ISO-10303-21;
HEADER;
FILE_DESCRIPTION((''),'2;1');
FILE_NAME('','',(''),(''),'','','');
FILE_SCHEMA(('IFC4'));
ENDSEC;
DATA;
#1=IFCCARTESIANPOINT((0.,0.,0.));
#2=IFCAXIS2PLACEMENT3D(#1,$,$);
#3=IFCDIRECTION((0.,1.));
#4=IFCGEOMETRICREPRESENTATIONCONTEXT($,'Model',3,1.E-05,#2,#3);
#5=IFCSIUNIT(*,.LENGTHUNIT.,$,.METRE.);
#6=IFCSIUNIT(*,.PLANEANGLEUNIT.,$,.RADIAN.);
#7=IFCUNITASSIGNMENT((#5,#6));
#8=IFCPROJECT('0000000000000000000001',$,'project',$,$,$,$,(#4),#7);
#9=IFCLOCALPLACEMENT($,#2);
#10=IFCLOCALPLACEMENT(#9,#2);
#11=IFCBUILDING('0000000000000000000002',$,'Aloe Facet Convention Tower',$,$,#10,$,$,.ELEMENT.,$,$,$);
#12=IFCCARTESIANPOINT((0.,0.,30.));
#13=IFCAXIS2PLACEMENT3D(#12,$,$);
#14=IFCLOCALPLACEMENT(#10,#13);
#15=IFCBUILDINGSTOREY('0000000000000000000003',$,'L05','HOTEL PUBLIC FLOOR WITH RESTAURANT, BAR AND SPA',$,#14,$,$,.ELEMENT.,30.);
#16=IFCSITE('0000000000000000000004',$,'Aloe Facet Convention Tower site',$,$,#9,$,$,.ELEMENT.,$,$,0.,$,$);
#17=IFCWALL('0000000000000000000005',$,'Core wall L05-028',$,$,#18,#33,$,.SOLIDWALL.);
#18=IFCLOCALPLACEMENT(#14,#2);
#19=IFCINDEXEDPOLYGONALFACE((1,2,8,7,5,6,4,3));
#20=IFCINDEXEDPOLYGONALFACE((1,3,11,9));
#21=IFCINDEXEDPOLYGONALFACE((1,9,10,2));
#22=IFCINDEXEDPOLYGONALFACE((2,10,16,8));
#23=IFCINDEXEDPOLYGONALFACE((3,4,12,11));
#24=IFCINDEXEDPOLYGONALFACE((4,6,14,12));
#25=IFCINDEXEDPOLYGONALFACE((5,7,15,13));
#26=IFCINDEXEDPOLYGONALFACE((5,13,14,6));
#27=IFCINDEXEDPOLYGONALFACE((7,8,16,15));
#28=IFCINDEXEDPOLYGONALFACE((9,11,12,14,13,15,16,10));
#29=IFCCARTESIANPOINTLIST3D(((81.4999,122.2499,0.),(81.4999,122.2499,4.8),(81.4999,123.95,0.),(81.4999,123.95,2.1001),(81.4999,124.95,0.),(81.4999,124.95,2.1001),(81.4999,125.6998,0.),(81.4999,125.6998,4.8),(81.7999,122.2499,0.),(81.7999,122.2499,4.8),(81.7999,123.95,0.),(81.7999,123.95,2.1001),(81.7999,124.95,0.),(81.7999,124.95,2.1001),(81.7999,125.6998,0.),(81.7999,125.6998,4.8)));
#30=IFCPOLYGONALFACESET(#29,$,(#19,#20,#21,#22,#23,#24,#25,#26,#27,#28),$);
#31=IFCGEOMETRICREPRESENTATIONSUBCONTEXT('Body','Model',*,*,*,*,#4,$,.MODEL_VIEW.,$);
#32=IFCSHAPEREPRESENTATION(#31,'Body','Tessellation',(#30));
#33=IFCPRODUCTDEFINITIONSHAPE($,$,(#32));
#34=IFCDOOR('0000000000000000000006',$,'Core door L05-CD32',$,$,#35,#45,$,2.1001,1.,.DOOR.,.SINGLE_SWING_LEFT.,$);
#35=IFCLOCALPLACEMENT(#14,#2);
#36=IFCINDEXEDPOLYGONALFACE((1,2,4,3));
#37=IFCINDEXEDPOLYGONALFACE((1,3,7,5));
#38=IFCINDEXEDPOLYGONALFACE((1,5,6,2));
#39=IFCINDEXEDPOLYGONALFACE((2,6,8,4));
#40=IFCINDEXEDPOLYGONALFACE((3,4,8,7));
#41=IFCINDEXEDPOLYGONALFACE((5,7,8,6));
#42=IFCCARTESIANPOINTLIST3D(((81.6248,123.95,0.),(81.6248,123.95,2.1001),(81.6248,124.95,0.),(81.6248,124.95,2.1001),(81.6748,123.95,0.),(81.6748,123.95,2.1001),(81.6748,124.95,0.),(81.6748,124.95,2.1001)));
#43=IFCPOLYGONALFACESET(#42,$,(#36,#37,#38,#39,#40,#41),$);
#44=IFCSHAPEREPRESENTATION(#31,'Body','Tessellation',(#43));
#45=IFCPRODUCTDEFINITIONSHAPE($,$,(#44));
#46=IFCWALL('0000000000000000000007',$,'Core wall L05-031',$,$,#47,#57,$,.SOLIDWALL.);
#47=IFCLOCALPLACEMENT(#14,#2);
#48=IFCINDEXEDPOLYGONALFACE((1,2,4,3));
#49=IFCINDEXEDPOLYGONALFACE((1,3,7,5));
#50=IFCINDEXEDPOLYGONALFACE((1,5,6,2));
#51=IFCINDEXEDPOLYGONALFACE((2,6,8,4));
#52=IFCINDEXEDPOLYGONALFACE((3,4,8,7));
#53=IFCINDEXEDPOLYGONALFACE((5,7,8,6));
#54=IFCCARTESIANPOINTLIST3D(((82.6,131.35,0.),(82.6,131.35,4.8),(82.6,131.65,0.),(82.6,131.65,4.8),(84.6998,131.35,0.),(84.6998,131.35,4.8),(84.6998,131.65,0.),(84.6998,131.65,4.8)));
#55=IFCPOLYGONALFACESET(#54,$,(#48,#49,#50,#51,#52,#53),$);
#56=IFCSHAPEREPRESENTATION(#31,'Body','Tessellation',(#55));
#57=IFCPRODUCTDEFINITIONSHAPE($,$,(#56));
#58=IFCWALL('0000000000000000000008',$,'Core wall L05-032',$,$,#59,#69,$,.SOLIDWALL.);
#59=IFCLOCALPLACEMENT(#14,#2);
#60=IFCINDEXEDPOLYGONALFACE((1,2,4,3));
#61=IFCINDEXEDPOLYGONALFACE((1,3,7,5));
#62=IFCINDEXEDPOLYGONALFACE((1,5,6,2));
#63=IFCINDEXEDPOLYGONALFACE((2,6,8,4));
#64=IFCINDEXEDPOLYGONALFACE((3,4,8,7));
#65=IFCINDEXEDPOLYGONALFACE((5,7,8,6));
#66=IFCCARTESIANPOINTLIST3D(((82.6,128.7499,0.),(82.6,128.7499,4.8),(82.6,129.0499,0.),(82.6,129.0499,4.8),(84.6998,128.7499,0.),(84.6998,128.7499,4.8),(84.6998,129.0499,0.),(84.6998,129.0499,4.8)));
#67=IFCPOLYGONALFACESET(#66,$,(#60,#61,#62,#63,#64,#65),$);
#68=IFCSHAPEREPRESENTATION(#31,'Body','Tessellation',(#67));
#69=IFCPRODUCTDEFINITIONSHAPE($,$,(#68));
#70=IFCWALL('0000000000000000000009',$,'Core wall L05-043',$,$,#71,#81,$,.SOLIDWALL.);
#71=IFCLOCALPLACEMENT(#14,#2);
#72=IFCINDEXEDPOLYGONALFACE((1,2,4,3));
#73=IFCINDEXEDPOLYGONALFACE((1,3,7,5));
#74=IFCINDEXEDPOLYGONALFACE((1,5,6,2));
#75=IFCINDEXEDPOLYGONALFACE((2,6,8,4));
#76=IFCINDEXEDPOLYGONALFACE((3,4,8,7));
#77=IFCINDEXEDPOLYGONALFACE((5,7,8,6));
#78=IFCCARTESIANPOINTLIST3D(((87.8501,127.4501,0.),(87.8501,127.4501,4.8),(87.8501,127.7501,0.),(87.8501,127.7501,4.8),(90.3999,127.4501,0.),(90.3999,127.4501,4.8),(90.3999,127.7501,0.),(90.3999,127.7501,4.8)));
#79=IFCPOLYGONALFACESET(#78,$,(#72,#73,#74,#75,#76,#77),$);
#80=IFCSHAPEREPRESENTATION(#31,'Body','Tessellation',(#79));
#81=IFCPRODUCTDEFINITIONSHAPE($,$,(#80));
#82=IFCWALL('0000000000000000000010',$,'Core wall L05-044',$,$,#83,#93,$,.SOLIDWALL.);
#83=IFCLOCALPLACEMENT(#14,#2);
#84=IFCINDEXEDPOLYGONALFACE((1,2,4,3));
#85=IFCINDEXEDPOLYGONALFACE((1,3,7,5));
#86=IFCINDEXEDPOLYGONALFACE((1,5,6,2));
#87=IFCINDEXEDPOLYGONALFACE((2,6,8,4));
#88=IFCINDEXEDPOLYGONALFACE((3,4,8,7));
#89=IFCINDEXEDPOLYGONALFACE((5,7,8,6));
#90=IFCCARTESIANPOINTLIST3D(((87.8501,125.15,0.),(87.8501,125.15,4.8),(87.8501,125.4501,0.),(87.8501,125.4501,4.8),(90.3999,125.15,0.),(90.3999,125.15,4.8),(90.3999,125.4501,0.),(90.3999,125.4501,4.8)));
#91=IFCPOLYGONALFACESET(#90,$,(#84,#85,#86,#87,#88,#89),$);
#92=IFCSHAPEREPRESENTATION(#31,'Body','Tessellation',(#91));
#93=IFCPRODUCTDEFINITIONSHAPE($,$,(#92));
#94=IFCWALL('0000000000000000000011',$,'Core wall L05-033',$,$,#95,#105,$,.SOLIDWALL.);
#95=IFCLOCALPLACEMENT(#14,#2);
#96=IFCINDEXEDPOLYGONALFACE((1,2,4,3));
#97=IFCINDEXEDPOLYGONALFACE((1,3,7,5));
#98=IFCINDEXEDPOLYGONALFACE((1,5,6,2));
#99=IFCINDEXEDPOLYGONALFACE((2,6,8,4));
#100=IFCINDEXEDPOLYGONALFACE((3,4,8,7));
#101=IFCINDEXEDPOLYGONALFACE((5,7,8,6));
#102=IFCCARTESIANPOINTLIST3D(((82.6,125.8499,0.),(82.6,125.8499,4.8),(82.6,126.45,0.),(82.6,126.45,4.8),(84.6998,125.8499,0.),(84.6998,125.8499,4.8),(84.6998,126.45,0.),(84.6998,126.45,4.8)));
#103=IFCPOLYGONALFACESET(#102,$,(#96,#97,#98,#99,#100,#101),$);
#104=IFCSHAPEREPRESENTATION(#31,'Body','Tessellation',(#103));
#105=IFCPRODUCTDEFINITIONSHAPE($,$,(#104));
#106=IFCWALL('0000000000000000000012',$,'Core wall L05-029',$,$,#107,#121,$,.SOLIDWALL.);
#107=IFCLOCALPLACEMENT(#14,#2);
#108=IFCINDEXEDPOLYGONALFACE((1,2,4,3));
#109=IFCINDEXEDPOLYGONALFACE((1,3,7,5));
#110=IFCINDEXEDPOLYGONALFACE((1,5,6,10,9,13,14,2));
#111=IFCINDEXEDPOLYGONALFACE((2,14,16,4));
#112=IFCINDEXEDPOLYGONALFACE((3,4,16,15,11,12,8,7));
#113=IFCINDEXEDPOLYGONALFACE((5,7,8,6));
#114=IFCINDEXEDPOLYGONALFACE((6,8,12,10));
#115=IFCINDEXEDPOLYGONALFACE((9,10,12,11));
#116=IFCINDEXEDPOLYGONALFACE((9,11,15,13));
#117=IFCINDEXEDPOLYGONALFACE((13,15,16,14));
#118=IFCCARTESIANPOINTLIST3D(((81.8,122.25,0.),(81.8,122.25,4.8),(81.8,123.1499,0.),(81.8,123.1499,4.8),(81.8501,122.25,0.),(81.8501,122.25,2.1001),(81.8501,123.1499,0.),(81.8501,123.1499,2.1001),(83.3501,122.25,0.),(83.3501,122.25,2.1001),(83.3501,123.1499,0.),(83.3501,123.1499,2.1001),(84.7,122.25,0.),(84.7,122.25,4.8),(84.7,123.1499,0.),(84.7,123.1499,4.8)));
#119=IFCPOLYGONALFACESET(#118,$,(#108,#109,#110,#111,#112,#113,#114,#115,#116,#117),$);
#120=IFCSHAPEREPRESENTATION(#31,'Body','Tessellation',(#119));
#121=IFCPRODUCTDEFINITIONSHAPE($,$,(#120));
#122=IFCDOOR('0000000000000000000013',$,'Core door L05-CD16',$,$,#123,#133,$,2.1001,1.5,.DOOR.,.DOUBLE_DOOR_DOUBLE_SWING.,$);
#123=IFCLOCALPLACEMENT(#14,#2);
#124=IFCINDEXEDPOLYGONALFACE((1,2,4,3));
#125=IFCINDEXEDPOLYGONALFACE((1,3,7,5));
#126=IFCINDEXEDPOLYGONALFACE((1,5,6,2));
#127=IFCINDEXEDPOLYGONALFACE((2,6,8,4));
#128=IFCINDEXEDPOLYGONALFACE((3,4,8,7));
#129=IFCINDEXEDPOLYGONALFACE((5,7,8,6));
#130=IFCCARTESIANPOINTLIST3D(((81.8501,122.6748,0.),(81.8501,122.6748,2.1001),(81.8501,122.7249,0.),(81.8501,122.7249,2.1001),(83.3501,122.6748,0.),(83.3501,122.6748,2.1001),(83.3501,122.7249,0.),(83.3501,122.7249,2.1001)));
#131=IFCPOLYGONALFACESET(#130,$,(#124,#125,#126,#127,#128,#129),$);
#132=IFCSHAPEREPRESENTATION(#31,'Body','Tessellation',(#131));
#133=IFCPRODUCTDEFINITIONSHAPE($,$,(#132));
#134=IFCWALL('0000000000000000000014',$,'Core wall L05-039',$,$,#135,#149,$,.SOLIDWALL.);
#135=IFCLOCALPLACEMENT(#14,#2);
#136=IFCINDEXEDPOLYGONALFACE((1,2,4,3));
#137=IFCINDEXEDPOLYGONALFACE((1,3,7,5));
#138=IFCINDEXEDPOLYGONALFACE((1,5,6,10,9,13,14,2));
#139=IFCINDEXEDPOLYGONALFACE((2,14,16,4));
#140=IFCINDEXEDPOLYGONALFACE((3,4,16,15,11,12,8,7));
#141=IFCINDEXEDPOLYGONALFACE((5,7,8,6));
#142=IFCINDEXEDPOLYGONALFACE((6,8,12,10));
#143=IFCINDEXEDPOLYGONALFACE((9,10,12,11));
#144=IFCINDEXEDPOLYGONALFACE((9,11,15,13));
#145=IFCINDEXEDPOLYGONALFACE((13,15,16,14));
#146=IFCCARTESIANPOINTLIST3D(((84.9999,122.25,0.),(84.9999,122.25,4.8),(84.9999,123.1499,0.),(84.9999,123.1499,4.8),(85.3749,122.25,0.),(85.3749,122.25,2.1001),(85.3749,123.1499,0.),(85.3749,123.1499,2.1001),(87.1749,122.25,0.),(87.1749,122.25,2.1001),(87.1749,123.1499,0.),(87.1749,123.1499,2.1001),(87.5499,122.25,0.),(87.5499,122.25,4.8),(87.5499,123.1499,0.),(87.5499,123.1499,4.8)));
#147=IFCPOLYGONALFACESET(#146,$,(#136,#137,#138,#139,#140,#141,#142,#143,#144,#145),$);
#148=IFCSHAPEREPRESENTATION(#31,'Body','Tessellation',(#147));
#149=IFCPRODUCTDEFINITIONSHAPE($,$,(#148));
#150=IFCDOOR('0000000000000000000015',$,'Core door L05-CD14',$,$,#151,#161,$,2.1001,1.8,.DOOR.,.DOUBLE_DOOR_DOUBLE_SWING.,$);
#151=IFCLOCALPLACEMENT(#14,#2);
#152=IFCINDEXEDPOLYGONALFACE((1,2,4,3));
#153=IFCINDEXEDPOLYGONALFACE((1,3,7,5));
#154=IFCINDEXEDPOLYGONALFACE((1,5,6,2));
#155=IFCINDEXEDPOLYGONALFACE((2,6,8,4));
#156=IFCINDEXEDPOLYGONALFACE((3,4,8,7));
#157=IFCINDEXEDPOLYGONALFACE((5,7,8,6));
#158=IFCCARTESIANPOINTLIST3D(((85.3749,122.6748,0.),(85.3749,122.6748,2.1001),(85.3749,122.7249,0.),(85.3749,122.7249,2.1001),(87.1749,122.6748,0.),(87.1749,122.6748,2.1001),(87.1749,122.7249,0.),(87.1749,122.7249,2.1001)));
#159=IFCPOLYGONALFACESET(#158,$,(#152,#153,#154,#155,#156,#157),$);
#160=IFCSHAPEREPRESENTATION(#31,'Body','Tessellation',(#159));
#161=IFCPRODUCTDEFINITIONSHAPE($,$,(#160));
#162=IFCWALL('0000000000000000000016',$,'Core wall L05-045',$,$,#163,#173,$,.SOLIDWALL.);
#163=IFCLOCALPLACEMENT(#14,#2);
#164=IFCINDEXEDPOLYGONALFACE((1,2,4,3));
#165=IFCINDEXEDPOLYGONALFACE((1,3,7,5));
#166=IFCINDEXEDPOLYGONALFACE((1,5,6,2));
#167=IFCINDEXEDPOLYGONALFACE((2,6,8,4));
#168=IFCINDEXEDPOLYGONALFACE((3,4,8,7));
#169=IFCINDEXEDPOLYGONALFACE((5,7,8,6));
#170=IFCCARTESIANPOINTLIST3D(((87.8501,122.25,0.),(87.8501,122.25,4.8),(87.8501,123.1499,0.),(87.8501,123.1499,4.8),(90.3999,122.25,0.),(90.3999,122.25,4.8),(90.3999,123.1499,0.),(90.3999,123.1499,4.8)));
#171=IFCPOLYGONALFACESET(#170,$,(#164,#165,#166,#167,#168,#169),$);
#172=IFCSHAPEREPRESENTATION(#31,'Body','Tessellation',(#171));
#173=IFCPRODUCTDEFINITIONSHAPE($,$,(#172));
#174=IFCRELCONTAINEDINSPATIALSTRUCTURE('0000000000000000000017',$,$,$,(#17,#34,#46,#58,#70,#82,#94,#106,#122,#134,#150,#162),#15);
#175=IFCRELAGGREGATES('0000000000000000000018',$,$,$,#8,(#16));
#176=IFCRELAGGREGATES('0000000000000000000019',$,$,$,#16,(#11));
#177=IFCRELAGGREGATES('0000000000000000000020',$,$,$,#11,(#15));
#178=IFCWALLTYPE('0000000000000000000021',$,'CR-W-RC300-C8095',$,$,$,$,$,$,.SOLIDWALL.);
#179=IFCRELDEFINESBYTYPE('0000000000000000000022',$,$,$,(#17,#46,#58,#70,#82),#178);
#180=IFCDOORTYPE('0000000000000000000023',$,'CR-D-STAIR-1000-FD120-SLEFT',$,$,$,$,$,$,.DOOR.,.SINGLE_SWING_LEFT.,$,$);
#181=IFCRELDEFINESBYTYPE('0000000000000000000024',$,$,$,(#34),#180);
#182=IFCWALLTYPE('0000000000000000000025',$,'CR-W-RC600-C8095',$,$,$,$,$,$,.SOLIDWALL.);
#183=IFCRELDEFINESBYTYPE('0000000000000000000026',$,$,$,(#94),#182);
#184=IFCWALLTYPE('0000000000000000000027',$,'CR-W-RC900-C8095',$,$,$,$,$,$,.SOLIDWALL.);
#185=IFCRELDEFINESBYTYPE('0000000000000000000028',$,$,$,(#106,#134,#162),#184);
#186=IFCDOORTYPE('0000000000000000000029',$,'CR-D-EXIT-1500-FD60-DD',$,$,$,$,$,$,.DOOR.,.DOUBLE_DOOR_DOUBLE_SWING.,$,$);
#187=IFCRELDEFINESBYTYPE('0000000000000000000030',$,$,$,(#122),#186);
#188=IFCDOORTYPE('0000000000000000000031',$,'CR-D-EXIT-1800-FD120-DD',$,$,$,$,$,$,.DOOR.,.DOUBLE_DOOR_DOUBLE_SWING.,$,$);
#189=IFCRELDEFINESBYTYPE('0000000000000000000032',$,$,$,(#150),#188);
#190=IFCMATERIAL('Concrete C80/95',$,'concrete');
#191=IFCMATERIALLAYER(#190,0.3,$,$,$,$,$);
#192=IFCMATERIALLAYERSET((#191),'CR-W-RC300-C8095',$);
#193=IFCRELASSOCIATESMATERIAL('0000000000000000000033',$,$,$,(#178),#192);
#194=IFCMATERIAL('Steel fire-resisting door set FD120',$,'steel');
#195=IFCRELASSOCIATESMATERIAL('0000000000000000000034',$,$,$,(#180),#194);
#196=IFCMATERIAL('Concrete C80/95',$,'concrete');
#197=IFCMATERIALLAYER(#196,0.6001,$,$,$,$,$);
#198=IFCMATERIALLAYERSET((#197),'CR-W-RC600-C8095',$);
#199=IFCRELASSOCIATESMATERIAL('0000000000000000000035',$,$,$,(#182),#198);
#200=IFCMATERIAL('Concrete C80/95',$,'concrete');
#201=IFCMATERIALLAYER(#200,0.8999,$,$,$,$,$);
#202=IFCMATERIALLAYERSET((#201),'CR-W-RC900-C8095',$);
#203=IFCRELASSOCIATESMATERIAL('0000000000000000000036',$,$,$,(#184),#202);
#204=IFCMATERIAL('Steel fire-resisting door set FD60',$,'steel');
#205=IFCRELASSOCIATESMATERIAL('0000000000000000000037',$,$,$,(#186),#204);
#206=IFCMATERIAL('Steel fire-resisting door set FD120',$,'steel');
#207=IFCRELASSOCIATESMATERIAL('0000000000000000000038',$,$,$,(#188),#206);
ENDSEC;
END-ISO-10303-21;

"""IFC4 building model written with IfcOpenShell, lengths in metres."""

from ifc_helpers import new_model, si_unit, direction, frame, frame_2d, origin, place, context, subcontext, project, spatial, rectangle, extrude, material, layer, layer_set, type_object, element, fill, save


model = new_model("IFC4")

# Units and contexts
model_context = context("Model", 3, precision=1e-05, world=origin(), true_north=direction((0.0, 1.0)))
body_context = subcontext(model_context, "Body", "Model", "MODEL_VIEW")
ifc_project = project(units=[si_unit("LENGTHUNIT", "METRE"), si_unit("PLANEANGLEUNIT", "RADIAN")], contexts=[model_context])

# Site, building, storey
site_placement = place(None, origin())
site = spatial("IfcSite", under=ifc_project, at=site_placement, Name="Aloe Facet Convention Tower site", CompositionType="ELEMENT", RefElevation=0.0)
building_placement = place(site_placement, origin())
building = spatial("IfcBuilding", under=site, at=building_placement, Name="Aloe Facet Convention Tower", CompositionType="ELEMENT")
storey_placement = place(building_placement, frame((0.0, 0.0, 30.0)))
storey = spatial("IfcBuildingStorey", under=building, at=storey_placement, Name="L05", Description="HOTEL PUBLIC FLOOR WITH RESTAURANT, BAR AND SPA", CompositionType="ELEMENT", Elevation=30.0)

# Wall, opening, door
ifc_material_1 = material(Name="Concrete C80/95", Category="concrete")
ifc_layer_1 = layer(ifc_material_1, 0.3)
ifc_layer_set_1 = layer_set([ifc_layer_1], Name="CR-W-RC300-C8095")
wall_type_1 = type_object("IfcWallType", Name="CR-W-RC300-C8095", PredefinedType="SOLIDWALL", material=ifc_layer_set_1)
wall_1_placement = place(storey_placement, frame((81.6499, 125.7, 0.0), z_axis=(0.0, 0.0, 1.0), x_axis=(0.0, -1.0, 0.0)))
wall_1 = element("IfcWall", 1, at=wall_1_placement, inside=storey, type_object=wall_type_1, Name="Core wall L05-028", PredefinedType="SOLIDWALL", context=body_context, shape_type="SweptSolid", body=[
    extrude(rectangle(XDim=3.45, YDim=0.3, at=frame_2d((1.7251, 0.0))), origin(), (0.0, 0.0, 1.0), 4.8),
])
opening_1_placement = place(wall_1_placement, frame((0.75, 0.0, 0.0)))
opening_1 = element("IfcOpeningElement", 2, at=opening_1_placement, cuts=wall_1, PredefinedType="OPENING", context=body_context, shape_type="SweptSolid", body=[
    extrude(rectangle(XDim=1.0, YDim=2.1001, at=frame_2d((0.5, 1.05))), frame((0.0, 0.1602, 0.0), z_axis=(0.0, -1.0, 0.0), x_axis=(1.0, 0.0, 0.0)), (0.0, 0.0, 1.0), 0.3201),
])
ifc_material_2 = material(Name="Steel fire-resisting door set FD120", Category="steel")
door_type_1 = type_object("IfcDoorType", Name="CR-D-STAIR-1000-FD120-SLEFT", OperationType="SINGLE_SWING_LEFT", PredefinedType="DOOR", material=ifc_material_2)
door_1_placement = place(opening_1_placement, origin())
door_1 = element("IfcDoor", 3, at=door_1_placement, inside=storey, type_object=door_type_1, Name="Core door L05-CD32", OperationType="SINGLE_SWING_LEFT", OverallHeight=2.1001, OverallWidth=1.0, PredefinedType="DOOR", context=body_context, shape_type="SweptSolid", body=[
    extrude(rectangle(XDim=1.0, YDim=2.1001, at=frame_2d((0.5, 1.05))), frame((0.0, 0.0249, 0.0), z_axis=(0.0, -1.0, 0.0), x_axis=(1.0, 0.0, 0.0)), (0.0, 0.0, 1.0), 0.05),
])
fill(opening_1, door_1)

# Walls
for number, where, z_axis, x_axis, name in (
    (4, (82.6001, 131.5, 0.0), (0.0, 0.0, 1.0), (1.0, 0.0, 0.0), "Core wall L05-031"),
    (5, (82.6001, 128.8999, 0.0), (0.0, 0.0, 1.0), (1.0, 0.0, 0.0), "Core wall L05-032"),
):
    element("IfcWall", number, at=place(storey_placement, frame(where, z_axis=z_axis, x_axis=x_axis)), inside=storey, type_object=wall_type_1, Name=name, PredefinedType="SOLIDWALL", context=body_context, shape_type="SweptSolid", body=[
        extrude(rectangle(XDim=2.0999, YDim=0.3, at=frame_2d((1.0498, 0.0))), origin(), (0.0, 0.0, 1.0), 4.8),
    ])
for number, where, z_axis, x_axis, name in (
    (6, (87.8501, 127.6001, 0.0), (0.0, 0.0, 1.0), (1.0, 0.0, 0.0), "Core wall L05-043"),
    (7, (87.8501, 125.3, 0.0), (0.0, 0.0, 1.0), (1.0, 0.0, 0.0), "Core wall L05-044"),
):
    element("IfcWall", number, at=place(storey_placement, frame(where, z_axis=z_axis, x_axis=x_axis)), inside=storey, type_object=wall_type_1, Name=name, PredefinedType="SOLIDWALL", context=body_context, shape_type="SweptSolid", body=[
        extrude(rectangle(XDim=2.5498, YDim=0.3, at=frame_2d((1.2749, 0.0))), origin(), (0.0, 0.0, 1.0), 4.8),
    ])
ifc_material_3 = material(Name="Concrete C80/95", Category="concrete")
ifc_layer_2 = layer(ifc_material_3, 0.6001)
ifc_layer_set_2 = layer_set([ifc_layer_2], Name="CR-W-RC600-C8095")
wall_type_2 = type_object("IfcWallType", Name="CR-W-RC600-C8095", PredefinedType="SOLIDWALL", material=ifc_layer_set_2)
wall_2_placement = place(storey_placement, frame((82.6001, 126.1499, 0.0), z_axis=(0.0, 0.0, 1.0), x_axis=(1.0, 0.0, 0.0)))
element("IfcWall", 8, at=wall_2_placement, inside=storey, type_object=wall_type_2, Name="Core wall L05-033", PredefinedType="SOLIDWALL", context=body_context, shape_type="SweptSolid", body=[
    extrude(rectangle(XDim=2.0999, YDim=0.6001, at=frame_2d((1.0498, 0.0))), origin(), (0.0, 0.0, 1.0), 4.8),
])

# Walls, openings, doors
ifc_material_4 = material(Name="Concrete C80/95", Category="concrete")
ifc_layer_3 = layer(ifc_material_4, 0.8999)
ifc_layer_set_3 = layer_set([ifc_layer_3], Name="CR-W-RC900-C8095")
wall_type_3 = type_object("IfcWallType", Name="CR-W-RC900-C8095", PredefinedType="SOLIDWALL", material=ifc_layer_set_3)
wall_3_placement = place(storey_placement, frame((81.8, 122.7, 0.0), z_axis=(0.0, 0.0, 1.0), x_axis=(1.0, 0.0, 0.0)))
wall_3 = element("IfcWall", 9, at=wall_3_placement, inside=storey, type_object=wall_type_3, Name="Core wall L05-029", PredefinedType="SOLIDWALL", context=body_context, shape_type="SweptSolid", body=[
    extrude(rectangle(XDim=2.8999, YDim=0.8999, at=frame_2d((1.45, 0.0))), origin(), (0.0, 0.0, 1.0), 4.8),
])
opening_2_placement = place(wall_3_placement, frame((0.05, 0.0, 0.0)))
opening_2 = element("IfcOpeningElement", 10, at=opening_2_placement, cuts=wall_3, PredefinedType="OPENING", context=body_context, shape_type="SweptSolid", body=[
    extrude(rectangle(XDim=1.5, YDim=2.1001, at=frame_2d((0.75, 1.05))), frame((0.0, 0.46, 0.0), z_axis=(0.0, -1.0, 0.0), x_axis=(1.0, 0.0, 0.0)), (0.0, 0.0, 1.0), 0.9199),
])
ifc_material_5 = material(Name="Steel fire-resisting door set FD60", Category="steel")
door_type_2 = type_object("IfcDoorType", Name="CR-D-EXIT-1500-FD60-DD", OperationType="DOUBLE_DOOR_DOUBLE_SWING", PredefinedType="DOOR", material=ifc_material_5)
door_2_placement = place(opening_2_placement, origin())
door_2 = element("IfcDoor", 11, at=door_2_placement, inside=storey, type_object=door_type_2, Name="Core door L05-CD16", OperationType="DOUBLE_DOOR_DOUBLE_SWING", OverallHeight=2.1001, OverallWidth=1.5, PredefinedType="DOOR", context=body_context, shape_type="SweptSolid", body=[
    extrude(rectangle(XDim=1.5, YDim=2.1001, at=frame_2d((0.75, 1.05))), frame((0.0, 0.0249, 0.0), z_axis=(0.0, -1.0, 0.0), x_axis=(1.0, 0.0, 0.0)), (0.0, 0.0, 1.0), 0.05),
])
fill(opening_2, door_2)
wall_4_placement = place(storey_placement, frame((85.0, 122.7, 0.0), z_axis=(0.0, 0.0, 1.0), x_axis=(1.0, 0.0, 0.0)))
wall_4 = element("IfcWall", 12, at=wall_4_placement, inside=storey, type_object=wall_type_3, Name="Core wall L05-039", PredefinedType="SOLIDWALL", context=body_context, shape_type="SweptSolid", body=[
    extrude(rectangle(XDim=2.55, YDim=0.8999, at=frame_2d((1.2749, 0.0))), origin(), (0.0, 0.0, 1.0), 4.8),
])
opening_3_placement = place(wall_4_placement, frame((0.375, 0.0, 0.0)))
opening_3 = element("IfcOpeningElement", 13, at=opening_3_placement, cuts=wall_4, PredefinedType="OPENING", context=body_context, shape_type="SweptSolid", body=[
    extrude(rectangle(XDim=1.8, YDim=2.1001, at=frame_2d((0.8999, 1.05))), frame((0.0, 0.46, 0.0), z_axis=(0.0, -1.0, 0.0), x_axis=(1.0, 0.0, 0.0)), (0.0, 0.0, 1.0), 0.9199),
])
ifc_material_6 = material(Name="Steel fire-resisting door set FD120", Category="steel")
door_type_3 = type_object("IfcDoorType", Name="CR-D-EXIT-1800-FD120-DD", OperationType="DOUBLE_DOOR_DOUBLE_SWING", PredefinedType="DOOR", material=ifc_material_6)
door_3_placement = place(opening_3_placement, origin())
door_3 = element("IfcDoor", 14, at=door_3_placement, inside=storey, type_object=door_type_3, Name="Core door L05-CD14", OperationType="DOUBLE_DOOR_DOUBLE_SWING", OverallHeight=2.1001, OverallWidth=1.8, PredefinedType="DOOR", context=body_context, shape_type="SweptSolid", body=[
    extrude(rectangle(XDim=1.8, YDim=2.1001, at=frame_2d((0.8999, 1.05))), frame((0.0, 0.0249, 0.0), z_axis=(0.0, -1.0, 0.0), x_axis=(1.0, 0.0, 0.0)), (0.0, 0.0, 1.0), 0.05),
])
fill(opening_3, door_3)

# Wall
wall_5_placement = place(storey_placement, frame((87.8501, 122.7, 0.0), z_axis=(0.0, 0.0, 1.0), x_axis=(1.0, 0.0, 0.0)))
element("IfcWall", 15, at=wall_5_placement, inside=storey, type_object=wall_type_3, Name="Core wall L05-045", PredefinedType="SOLIDWALL", context=body_context, shape_type="SweptSolid", body=[
    extrude(rectangle(XDim=2.5498, YDim=0.8999, at=frame_2d((1.2749, 0.0))), origin(), (0.0, 0.0, 1.0), 4.8),
])

save(model, "model.ifc")
